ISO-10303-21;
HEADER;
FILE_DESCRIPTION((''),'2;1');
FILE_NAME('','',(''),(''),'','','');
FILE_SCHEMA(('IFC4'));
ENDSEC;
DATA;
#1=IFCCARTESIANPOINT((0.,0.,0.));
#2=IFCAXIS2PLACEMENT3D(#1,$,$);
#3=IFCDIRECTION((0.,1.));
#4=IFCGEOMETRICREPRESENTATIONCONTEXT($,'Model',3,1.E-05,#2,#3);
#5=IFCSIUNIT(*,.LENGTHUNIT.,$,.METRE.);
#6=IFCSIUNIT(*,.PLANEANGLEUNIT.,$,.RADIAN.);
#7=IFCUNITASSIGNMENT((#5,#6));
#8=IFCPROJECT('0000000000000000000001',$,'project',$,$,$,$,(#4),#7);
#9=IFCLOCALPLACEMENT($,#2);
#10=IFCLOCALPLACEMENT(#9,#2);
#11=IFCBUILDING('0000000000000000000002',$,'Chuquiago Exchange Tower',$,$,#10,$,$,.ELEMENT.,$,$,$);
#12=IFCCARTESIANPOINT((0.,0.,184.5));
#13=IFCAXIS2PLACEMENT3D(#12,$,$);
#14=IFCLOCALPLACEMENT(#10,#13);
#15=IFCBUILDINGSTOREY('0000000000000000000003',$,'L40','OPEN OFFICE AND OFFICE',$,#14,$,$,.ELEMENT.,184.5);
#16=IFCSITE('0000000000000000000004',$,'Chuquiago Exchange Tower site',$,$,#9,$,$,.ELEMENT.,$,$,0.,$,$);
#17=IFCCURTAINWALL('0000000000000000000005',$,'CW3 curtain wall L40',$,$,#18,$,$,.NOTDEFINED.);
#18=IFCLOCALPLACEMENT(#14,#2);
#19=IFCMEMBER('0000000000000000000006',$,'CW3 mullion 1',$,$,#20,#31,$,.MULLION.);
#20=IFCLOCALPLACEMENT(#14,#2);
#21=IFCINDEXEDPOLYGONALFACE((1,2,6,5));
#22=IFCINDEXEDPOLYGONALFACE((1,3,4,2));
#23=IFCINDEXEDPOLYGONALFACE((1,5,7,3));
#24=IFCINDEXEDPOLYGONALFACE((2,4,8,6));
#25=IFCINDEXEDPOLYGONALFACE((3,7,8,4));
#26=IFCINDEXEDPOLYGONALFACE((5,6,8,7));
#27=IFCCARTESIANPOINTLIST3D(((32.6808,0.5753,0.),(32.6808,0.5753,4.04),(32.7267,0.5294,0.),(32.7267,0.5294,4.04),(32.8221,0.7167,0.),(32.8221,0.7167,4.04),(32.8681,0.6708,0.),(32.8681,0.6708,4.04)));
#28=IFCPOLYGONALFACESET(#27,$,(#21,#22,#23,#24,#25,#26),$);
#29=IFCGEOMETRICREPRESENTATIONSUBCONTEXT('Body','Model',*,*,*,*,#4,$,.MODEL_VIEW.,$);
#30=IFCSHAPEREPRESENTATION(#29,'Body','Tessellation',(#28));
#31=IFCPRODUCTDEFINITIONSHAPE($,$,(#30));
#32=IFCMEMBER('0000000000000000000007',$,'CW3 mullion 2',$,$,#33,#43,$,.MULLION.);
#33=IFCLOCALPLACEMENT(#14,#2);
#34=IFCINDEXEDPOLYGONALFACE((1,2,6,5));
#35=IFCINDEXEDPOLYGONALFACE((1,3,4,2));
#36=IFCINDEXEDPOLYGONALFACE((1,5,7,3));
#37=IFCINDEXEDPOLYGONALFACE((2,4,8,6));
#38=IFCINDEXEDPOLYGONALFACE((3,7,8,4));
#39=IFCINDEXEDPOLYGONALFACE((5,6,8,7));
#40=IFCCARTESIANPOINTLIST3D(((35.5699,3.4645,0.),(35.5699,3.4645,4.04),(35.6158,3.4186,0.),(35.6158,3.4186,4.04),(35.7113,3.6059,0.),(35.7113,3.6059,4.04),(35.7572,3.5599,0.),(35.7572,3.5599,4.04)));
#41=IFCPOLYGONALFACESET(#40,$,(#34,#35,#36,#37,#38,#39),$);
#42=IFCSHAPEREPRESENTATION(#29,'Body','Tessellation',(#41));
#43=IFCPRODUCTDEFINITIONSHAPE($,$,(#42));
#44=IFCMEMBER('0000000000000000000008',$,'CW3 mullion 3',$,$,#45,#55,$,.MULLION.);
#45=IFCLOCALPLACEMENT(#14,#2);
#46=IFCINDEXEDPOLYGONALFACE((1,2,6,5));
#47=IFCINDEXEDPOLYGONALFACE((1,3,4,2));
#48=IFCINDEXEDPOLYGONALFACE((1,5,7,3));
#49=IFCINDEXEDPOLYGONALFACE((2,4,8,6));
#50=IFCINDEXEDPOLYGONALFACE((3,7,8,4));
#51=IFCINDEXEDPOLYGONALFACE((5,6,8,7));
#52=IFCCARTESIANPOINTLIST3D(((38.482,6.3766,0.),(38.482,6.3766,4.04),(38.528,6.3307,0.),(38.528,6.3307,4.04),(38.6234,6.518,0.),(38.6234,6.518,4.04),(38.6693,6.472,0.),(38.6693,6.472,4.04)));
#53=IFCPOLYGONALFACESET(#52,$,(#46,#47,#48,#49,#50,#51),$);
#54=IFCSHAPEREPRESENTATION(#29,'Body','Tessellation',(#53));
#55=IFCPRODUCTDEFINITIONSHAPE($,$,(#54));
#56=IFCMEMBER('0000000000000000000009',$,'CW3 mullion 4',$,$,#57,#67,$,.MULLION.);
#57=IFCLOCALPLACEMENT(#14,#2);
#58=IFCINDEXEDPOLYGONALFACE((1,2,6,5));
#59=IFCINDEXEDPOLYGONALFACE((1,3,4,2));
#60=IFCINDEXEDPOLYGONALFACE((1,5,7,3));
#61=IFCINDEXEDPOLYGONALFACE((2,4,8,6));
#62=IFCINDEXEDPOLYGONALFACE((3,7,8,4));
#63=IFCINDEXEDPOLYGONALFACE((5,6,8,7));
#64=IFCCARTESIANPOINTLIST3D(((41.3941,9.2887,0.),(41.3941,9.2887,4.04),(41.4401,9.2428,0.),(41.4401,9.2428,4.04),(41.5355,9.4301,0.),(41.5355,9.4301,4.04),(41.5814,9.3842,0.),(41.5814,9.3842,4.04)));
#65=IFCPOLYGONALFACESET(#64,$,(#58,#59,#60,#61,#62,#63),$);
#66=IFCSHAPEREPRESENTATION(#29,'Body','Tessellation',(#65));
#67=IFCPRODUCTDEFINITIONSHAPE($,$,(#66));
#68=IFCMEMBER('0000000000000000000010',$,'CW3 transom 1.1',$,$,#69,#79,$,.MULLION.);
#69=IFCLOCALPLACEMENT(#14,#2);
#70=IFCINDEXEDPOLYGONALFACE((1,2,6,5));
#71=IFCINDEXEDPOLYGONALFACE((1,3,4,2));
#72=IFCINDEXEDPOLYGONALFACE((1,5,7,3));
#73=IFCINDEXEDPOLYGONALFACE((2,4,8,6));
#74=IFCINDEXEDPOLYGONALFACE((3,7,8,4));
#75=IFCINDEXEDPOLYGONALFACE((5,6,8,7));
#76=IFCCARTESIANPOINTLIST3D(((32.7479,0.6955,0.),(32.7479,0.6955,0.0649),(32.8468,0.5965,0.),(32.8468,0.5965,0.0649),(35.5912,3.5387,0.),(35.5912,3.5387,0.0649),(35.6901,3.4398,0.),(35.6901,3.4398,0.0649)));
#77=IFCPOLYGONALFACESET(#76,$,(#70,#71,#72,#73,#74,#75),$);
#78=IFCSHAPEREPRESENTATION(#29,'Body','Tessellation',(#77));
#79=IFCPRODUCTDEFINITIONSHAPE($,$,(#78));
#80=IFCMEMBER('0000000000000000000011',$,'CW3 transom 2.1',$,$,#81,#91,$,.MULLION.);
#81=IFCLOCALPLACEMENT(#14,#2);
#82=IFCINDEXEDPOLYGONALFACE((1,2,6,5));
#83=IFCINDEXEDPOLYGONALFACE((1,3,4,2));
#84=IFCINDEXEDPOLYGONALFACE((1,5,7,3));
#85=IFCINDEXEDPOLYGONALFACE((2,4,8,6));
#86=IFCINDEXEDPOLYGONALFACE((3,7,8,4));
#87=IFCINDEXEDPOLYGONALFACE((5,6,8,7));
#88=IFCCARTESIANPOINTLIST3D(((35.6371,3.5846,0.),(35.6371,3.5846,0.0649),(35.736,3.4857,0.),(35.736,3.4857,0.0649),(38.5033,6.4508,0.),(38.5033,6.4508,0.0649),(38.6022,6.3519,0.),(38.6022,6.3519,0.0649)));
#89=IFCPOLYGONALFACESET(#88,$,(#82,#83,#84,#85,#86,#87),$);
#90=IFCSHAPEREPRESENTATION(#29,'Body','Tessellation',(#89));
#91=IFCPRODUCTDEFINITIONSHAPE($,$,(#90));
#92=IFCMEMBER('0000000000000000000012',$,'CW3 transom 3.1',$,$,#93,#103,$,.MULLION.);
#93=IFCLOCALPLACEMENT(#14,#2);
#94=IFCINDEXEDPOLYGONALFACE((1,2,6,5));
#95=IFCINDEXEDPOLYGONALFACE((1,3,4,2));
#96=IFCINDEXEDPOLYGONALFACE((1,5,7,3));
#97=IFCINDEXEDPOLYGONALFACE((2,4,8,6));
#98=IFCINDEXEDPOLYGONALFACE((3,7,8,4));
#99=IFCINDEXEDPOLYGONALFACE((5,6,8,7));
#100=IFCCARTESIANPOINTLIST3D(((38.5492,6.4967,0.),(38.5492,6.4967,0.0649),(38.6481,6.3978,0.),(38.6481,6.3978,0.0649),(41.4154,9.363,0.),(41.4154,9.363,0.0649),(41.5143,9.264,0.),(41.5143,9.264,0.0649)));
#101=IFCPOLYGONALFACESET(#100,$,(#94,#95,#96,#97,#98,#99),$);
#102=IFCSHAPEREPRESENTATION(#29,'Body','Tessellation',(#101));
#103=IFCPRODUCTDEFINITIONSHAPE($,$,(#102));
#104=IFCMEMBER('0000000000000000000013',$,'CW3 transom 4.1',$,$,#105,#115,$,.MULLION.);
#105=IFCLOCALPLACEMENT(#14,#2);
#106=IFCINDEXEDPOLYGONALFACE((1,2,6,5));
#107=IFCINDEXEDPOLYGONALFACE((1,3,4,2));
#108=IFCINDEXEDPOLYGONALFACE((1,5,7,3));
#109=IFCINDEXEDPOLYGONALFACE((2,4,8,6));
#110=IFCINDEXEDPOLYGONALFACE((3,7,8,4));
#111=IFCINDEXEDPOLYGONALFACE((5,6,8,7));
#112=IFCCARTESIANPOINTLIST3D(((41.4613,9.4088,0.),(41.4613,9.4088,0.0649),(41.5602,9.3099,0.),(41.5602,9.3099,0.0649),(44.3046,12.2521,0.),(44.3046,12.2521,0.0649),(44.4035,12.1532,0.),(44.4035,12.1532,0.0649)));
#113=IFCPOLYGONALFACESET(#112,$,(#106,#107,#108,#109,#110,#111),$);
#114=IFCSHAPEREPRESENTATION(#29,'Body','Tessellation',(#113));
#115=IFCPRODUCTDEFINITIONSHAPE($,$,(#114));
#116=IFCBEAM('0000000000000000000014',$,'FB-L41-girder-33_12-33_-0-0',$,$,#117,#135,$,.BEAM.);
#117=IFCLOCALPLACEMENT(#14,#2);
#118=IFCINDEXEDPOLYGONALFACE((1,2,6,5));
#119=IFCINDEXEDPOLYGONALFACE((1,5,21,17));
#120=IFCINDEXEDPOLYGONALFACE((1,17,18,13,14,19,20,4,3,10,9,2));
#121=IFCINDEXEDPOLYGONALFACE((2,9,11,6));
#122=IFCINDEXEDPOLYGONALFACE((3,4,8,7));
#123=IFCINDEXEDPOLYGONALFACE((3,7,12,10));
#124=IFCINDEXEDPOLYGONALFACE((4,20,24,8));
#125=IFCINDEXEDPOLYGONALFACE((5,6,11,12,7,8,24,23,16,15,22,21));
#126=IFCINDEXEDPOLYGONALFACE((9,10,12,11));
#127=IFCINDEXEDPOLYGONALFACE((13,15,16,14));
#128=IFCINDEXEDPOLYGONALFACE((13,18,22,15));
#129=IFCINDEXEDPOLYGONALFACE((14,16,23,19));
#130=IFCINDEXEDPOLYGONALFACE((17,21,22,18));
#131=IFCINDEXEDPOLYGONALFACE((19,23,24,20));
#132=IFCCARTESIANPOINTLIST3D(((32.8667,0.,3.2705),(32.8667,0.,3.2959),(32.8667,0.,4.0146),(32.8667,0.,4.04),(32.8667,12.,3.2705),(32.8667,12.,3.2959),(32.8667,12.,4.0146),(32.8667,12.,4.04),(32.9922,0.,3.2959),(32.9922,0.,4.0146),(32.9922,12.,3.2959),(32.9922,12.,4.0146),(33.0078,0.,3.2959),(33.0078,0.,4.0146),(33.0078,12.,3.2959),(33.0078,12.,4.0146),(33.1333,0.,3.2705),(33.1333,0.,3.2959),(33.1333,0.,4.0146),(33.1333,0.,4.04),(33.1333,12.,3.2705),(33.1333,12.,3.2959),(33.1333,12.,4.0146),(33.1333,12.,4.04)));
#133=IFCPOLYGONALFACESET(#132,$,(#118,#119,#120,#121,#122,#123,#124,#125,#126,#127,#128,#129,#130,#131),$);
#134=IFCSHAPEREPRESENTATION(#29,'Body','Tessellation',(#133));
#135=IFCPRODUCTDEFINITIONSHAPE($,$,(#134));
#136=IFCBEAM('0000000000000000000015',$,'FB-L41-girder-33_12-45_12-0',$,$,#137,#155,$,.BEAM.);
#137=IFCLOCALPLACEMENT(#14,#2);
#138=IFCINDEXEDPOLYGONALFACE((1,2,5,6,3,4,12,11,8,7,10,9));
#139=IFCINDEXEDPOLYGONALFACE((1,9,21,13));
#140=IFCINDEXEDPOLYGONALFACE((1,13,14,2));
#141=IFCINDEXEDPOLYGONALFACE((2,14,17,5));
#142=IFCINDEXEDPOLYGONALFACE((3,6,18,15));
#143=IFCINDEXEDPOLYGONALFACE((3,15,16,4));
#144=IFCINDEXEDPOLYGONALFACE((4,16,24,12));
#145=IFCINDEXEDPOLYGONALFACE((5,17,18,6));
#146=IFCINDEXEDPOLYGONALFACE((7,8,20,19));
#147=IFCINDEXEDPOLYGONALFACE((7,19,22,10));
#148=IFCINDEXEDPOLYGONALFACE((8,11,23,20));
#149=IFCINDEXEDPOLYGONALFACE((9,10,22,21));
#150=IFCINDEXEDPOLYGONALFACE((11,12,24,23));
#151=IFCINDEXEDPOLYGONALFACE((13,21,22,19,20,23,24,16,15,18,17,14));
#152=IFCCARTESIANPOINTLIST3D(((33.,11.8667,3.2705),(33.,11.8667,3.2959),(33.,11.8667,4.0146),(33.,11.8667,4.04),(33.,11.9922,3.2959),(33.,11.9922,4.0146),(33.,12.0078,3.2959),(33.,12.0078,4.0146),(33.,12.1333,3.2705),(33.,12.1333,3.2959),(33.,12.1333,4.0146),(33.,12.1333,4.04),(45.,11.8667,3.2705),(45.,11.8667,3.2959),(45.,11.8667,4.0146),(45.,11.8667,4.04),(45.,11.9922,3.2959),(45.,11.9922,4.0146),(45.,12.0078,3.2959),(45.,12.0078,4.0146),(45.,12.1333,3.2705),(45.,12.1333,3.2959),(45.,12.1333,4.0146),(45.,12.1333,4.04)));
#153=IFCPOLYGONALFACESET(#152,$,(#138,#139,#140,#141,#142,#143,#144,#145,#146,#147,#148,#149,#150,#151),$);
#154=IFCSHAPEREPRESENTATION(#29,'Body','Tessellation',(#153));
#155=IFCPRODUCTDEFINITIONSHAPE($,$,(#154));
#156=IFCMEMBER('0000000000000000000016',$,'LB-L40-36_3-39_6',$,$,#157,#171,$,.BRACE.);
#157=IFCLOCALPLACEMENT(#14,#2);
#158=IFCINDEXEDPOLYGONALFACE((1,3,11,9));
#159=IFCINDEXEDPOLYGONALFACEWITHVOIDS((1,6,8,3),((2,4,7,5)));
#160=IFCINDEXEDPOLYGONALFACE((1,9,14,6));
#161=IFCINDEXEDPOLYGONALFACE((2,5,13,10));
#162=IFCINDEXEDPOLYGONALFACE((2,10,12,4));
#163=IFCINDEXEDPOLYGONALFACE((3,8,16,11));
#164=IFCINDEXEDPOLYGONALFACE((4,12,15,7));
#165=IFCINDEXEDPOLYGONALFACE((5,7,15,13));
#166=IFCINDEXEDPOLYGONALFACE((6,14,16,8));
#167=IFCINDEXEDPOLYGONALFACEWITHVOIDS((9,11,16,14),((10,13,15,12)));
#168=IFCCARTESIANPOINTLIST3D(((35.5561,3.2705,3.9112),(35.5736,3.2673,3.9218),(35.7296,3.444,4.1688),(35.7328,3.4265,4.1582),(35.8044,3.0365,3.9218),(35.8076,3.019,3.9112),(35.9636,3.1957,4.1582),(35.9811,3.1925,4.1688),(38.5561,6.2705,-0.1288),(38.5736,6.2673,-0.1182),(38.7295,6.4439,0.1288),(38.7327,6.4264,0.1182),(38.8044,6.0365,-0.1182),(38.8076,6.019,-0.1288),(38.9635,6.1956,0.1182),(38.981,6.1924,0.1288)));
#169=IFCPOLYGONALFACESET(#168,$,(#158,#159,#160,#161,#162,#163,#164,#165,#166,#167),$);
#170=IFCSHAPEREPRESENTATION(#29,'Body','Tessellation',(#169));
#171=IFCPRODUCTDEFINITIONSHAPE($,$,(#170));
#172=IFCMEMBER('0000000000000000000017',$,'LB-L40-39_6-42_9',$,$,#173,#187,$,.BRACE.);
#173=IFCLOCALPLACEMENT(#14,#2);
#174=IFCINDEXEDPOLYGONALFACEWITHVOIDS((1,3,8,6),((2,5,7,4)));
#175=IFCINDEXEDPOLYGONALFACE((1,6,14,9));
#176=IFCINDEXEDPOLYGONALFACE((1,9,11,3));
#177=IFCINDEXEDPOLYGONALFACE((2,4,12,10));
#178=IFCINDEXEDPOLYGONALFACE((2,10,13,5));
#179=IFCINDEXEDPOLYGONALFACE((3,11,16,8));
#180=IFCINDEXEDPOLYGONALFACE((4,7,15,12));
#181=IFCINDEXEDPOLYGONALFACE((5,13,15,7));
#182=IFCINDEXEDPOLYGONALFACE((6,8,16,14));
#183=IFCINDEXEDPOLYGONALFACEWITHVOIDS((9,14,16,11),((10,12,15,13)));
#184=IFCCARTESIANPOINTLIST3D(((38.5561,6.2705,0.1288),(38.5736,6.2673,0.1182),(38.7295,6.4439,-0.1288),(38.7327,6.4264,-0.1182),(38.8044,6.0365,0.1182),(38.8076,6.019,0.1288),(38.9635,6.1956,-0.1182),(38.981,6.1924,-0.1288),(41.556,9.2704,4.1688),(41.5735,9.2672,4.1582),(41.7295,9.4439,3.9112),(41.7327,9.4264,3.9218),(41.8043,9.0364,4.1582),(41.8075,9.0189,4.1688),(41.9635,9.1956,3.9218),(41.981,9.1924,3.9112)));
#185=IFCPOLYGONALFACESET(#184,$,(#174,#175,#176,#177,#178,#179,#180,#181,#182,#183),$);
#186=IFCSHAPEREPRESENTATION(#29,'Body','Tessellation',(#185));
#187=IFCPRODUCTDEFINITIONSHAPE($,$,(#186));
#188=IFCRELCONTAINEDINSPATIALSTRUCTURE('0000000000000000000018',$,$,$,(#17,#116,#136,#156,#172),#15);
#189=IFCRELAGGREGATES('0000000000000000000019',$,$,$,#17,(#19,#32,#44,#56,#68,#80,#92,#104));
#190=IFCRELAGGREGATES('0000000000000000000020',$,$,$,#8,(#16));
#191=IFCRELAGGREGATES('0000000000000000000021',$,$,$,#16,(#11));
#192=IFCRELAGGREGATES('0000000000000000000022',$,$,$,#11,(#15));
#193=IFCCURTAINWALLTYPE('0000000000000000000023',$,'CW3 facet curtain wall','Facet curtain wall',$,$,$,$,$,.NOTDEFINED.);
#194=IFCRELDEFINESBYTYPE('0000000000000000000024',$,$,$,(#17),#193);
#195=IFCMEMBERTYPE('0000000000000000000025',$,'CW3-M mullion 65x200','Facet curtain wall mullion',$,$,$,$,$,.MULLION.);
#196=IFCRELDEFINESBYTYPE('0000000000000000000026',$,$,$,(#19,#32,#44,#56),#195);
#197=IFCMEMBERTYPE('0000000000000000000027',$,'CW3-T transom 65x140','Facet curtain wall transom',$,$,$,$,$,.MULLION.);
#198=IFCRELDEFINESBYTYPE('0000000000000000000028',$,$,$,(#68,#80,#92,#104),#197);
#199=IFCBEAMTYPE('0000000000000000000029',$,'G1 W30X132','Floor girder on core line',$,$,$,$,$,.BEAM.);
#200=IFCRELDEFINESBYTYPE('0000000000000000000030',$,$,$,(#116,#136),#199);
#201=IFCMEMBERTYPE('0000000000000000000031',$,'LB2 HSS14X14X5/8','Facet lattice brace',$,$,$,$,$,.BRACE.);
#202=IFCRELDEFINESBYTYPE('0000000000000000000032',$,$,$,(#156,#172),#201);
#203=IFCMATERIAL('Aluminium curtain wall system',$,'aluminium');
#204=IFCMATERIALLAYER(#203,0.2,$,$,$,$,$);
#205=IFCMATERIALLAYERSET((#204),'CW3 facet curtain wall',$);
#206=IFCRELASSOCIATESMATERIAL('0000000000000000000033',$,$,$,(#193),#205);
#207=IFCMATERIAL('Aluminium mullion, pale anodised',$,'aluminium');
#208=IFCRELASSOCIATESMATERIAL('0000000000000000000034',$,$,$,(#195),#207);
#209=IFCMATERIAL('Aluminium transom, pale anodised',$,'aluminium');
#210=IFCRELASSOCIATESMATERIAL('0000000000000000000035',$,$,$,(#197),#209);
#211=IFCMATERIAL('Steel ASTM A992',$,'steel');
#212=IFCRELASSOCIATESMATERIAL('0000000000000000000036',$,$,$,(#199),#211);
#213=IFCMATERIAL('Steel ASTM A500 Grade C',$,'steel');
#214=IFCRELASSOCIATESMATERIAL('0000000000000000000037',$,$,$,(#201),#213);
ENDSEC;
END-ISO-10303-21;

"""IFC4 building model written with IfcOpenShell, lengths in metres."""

from ifc_helpers import new_model, si_unit, direction, frame, origin, origin_2d, place, context, subcontext, project, spatial, rectangle, hollow_rectangle, i_section, extrude, material, layer, layer_set, material_profile, profile_set, type_object, element, aggregate, save


model = new_model("IFC4")

# Units and contexts
model_context = context("Model", 3, precision=1e-05, world=origin(), true_north=direction((0.0, 1.0)))
body_context = subcontext(model_context, "Body", "Model", "MODEL_VIEW")
ifc_project = project(units=[si_unit("LENGTHUNIT", "METRE"), si_unit("PLANEANGLEUNIT", "RADIAN")], contexts=[model_context])

# Site, building, storey
site_placement = place(None, origin())
site = spatial("IfcSite", under=ifc_project, at=site_placement, Name="Chuquiago Exchange Tower site", CompositionType="ELEMENT", RefElevation=0.0)
building_placement = place(site_placement, origin())
building = spatial("IfcBuilding", under=site, at=building_placement, Name="Chuquiago Exchange Tower", CompositionType="ELEMENT")
storey_placement = place(building_placement, frame((0.0, 0.0, 184.5)))
storey = spatial("IfcBuildingStorey", under=building, at=storey_placement, Name="L40", Description="OPEN OFFICE AND OFFICE", CompositionType="ELEMENT", Elevation=184.5)

# Curtain wall, members
ifc_material_1 = material(Name="Aluminium curtain wall system", Category="aluminium")
ifc_layer_1 = layer(ifc_material_1, 0.2)
ifc_layer_set_1 = layer_set([ifc_layer_1], Name="CW3 facet curtain wall")
curtain_wall_type = type_object("IfcCurtainWallType", Name="CW3 facet curtain wall", Description="Facet curtain wall", PredefinedType="NOTDEFINED", material=ifc_layer_set_1)
curtain_wall_placement = place(storey_placement, origin())
curtain_wall = element("IfcCurtainWall", 1, at=curtain_wall_placement, inside=storey, type_object=curtain_wall_type, Name="CW3 curtain wall L40", PredefinedType="NOTDEFINED")
ifc_material_2 = material(Name="Aluminium mullion, pale anodised", Category="aluminium")
ifc_material_profile_1 = material_profile(ifc_material_2, rectangle(XDim=0.0649, YDim=0.2, at=origin_2d()), Name="AL 65x200")
ifc_profile_set_1 = profile_set([ifc_material_profile_1], Name="Aluminium mullion, pale anodised")
member_type_1 = type_object("IfcMemberType", Name="CW3-M mullion 65x200", Description="Facet curtain wall mullion", PredefinedType="MULLION", material=ifc_profile_set_1)
member_1_placement = place(storey_placement, frame((32.7744, 0.623, 0.0), z_axis=(0.0, 0.0, 1.0), x_axis=(-0.707107, 0.707107, 0.0)))
member_1 = element("IfcMember", 2, at=member_1_placement, type_object=member_type_1, Name="CW3 mullion 1", PredefinedType="MULLION", context=body_context, shape_type="SweptSolid", body=[
    extrude(rectangle(XDim=0.0649, YDim=0.2, at=origin_2d()), origin(), (0.0, 0.0, 1.0), 4.04),
])
member_2_placement = place(storey_placement, frame((35.6636, 3.5122, 0.0), z_axis=(0.0, 0.0, 1.0), x_axis=(-0.707107, 0.707107, 0.0)))
member_2 = element("IfcMember", 3, at=member_2_placement, type_object=member_type_1, Name="CW3 mullion 2", PredefinedType="MULLION", context=body_context, shape_type="SweptSolid", body=[
    extrude(rectangle(XDim=0.0649, YDim=0.2, at=origin_2d()), origin(), (0.0, 0.0, 1.0), 4.04),
])
member_3_placement = place(storey_placement, frame((38.5757, 6.4243, 0.0), z_axis=(0.0, 0.0, 1.0), x_axis=(-0.707107, 0.707107, 0.0)))
member_3 = element("IfcMember", 4, at=member_3_placement, type_object=member_type_1, Name="CW3 mullion 3", PredefinedType="MULLION", context=body_context, shape_type="SweptSolid", body=[
    extrude(rectangle(XDim=0.0649, YDim=0.2, at=origin_2d()), origin(), (0.0, 0.0, 1.0), 4.04),
])
member_4_placement = place(storey_placement, frame((41.4878, 9.3364, 0.0), z_axis=(0.0, 0.0, 1.0), x_axis=(-0.707107, 0.707107, 0.0)))
member_4 = element("IfcMember", 5, at=member_4_placement, type_object=member_type_1, Name="CW3 mullion 4", PredefinedType="MULLION", context=body_context, shape_type="SweptSolid", body=[
    extrude(rectangle(XDim=0.0649, YDim=0.2, at=origin_2d()), origin(), (0.0, 0.0, 1.0), 4.04),
])
ifc_material_3 = material(Name="Aluminium transom, pale anodised", Category="aluminium")
ifc_material_profile_2 = material_profile(ifc_material_3, rectangle(XDim=0.1399, YDim=0.0649, at=origin_2d()), Name="AL 140x65")
ifc_profile_set_2 = profile_set([ifc_material_profile_2], Name="Aluminium transom, pale anodised")
member_type_2 = type_object("IfcMemberType", Name="CW3-T transom 65x140", Description="Facet curtain wall transom", PredefinedType="MULLION", material=ifc_profile_set_2)
member_5_placement = place(storey_placement, frame((32.7974, 0.646, 0.0325), z_axis=(0.707107, 0.707107, 0.0), x_axis=(-0.707107, 0.707107, 0.0)))
member_5 = element("IfcMember", 6, at=member_5_placement, type_object=member_type_2, Name="CW3 transom 1.1", PredefinedType="MULLION", context=body_context, shape_type="SweptSolid", body=[
    extrude(rectangle(XDim=0.1399, YDim=0.0649, at=origin_2d()), origin(), (0.0, 0.0, 1.0), 4.021),
])
member_6_placement = place(storey_placement, frame((35.6865, 3.5352, 0.0325), z_axis=(0.707107, 0.707107, 0.0), x_axis=(-0.707107, 0.707107, 0.0)))
member_6 = element("IfcMember", 7, at=member_6_placement, type_object=member_type_2, Name="CW3 transom 2.1", PredefinedType="MULLION", context=body_context, shape_type="SweptSolid", body=[
    extrude(rectangle(XDim=0.1399, YDim=0.0649, at=origin_2d()), origin(), (0.0, 0.0, 1.0), 4.0535),
])
member_7_placement = place(storey_placement, frame((38.5986, 6.4473, 0.0325), z_axis=(0.707107, 0.707107, 0.0), x_axis=(-0.707107, 0.707107, 0.0)))
member_7 = element("IfcMember", 8, at=member_7_placement, type_object=member_type_2, Name="CW3 transom 3.1", PredefinedType="MULLION", context=body_context, shape_type="SweptSolid", body=[
    extrude(rectangle(XDim=0.1399, YDim=0.0649, at=origin_2d()), origin(), (0.0, 0.0, 1.0), 4.0535),
])
member_8_placement = place(storey_placement, frame((41.5107, 9.3594, 0.0325), z_axis=(0.707107, 0.707107, 0.0), x_axis=(-0.707107, 0.707107, 0.0)))
member_8 = element("IfcMember", 9, at=member_8_placement, type_object=member_type_2, Name="CW3 transom 4.1", PredefinedType="MULLION", context=body_context, shape_type="SweptSolid", body=[
    extrude(rectangle(XDim=0.1399, YDim=0.0649, at=origin_2d()), origin(), (0.0, 0.0, 1.0), 4.021),
])

# Beams
ifc_material_4 = material(Name="Steel ASTM A992", Category="steel")
ifc_material_profile_3 = material_profile(ifc_material_4, i_section(OverallWidth=0.2666, OverallDepth=0.7695, WebThickness=0.0156, FlangeThickness=0.0254, at=origin_2d()), Name="W30X132")
ifc_profile_set_3 = profile_set([ifc_material_profile_3], Name="Steel ASTM A992")
beam_type_1 = type_object("IfcBeamType", Name="G1 W30X132", Description="Floor girder on core line", PredefinedType="BEAM", material=ifc_profile_set_3)
for number, where, z_axis, x_axis, name in (
    (10, (33.0, 12.0, 3.6553), (0.0, -1.0, 0.0), (1.0, 0.0, 0.0), "FB-L41-girder-33_12-33_-0-0"),
    (11, (33.0, 12.0, 3.6553), (1.0, 0.0, 0.0), (0.0, 1.0, 0.0), "FB-L41-girder-33_12-45_12-0"),
):
    element("IfcBeam", number, at=place(storey_placement, frame(where, z_axis=z_axis, x_axis=x_axis)), inside=storey, type_object=beam_type_1, Name=name, PredefinedType="BEAM", context=body_context, shape_type="SweptSolid", body=[
        extrude(i_section(OverallWidth=0.2666, OverallDepth=0.7695, WebThickness=0.0156, FlangeThickness=0.0254, at=origin_2d()), origin(), (0.0, 0.0, 1.0), 12.0),
    ])

# Members
ifc_material_5 = material(Name="Steel ASTM A500 Grade C", Category="steel")
ifc_material_profile_4 = material_profile(ifc_material_5, hollow_rectangle(XDim=0.3557, YDim=0.3557, WallThickness=0.0146, at=origin_2d()), Name="HSS14X14X5/8")
ifc_profile_set_4 = profile_set([ifc_material_profile_4], Name="Steel ASTM A500 Grade C")
member_type_3 = type_object("IfcMemberType", Name="LB2 HSS14X14X5/8", Description="Facet lattice brace", PredefinedType="BRACE", material=ifc_profile_set_4)
for number, where, z_axis, x_axis, name in (
    (12, (38.7686, 6.2314, 0.0), (-0.512077, -0.512077, 0.689604), (0.707107, -0.707107, 0.0), "LB-L40-36_3-39_6"),
    (13, (38.7686, 6.2314, 0.0), (0.512077, 0.512077, 0.689604), (-0.707107, 0.707107, 0.0), "LB-L40-39_6-42_9"),
):
    element("IfcMember", number, at=place(storey_placement, frame(where, z_axis=z_axis, x_axis=x_axis)), inside=storey, type_object=member_type_3, Name=name, PredefinedType="BRACE", context=body_context, shape_type="SweptSolid", body=[
        extrude(hollow_rectangle(XDim=0.3557, YDim=0.3557, WallThickness=0.0146, at=origin_2d()), origin(), (0.0, 0.0, 1.0), 5.8584),
    ])

aggregate(curtain_wall, [member_1, member_2, member_3, member_4, member_5, member_6, member_7, member_8])

save(model, "model.ifc")
